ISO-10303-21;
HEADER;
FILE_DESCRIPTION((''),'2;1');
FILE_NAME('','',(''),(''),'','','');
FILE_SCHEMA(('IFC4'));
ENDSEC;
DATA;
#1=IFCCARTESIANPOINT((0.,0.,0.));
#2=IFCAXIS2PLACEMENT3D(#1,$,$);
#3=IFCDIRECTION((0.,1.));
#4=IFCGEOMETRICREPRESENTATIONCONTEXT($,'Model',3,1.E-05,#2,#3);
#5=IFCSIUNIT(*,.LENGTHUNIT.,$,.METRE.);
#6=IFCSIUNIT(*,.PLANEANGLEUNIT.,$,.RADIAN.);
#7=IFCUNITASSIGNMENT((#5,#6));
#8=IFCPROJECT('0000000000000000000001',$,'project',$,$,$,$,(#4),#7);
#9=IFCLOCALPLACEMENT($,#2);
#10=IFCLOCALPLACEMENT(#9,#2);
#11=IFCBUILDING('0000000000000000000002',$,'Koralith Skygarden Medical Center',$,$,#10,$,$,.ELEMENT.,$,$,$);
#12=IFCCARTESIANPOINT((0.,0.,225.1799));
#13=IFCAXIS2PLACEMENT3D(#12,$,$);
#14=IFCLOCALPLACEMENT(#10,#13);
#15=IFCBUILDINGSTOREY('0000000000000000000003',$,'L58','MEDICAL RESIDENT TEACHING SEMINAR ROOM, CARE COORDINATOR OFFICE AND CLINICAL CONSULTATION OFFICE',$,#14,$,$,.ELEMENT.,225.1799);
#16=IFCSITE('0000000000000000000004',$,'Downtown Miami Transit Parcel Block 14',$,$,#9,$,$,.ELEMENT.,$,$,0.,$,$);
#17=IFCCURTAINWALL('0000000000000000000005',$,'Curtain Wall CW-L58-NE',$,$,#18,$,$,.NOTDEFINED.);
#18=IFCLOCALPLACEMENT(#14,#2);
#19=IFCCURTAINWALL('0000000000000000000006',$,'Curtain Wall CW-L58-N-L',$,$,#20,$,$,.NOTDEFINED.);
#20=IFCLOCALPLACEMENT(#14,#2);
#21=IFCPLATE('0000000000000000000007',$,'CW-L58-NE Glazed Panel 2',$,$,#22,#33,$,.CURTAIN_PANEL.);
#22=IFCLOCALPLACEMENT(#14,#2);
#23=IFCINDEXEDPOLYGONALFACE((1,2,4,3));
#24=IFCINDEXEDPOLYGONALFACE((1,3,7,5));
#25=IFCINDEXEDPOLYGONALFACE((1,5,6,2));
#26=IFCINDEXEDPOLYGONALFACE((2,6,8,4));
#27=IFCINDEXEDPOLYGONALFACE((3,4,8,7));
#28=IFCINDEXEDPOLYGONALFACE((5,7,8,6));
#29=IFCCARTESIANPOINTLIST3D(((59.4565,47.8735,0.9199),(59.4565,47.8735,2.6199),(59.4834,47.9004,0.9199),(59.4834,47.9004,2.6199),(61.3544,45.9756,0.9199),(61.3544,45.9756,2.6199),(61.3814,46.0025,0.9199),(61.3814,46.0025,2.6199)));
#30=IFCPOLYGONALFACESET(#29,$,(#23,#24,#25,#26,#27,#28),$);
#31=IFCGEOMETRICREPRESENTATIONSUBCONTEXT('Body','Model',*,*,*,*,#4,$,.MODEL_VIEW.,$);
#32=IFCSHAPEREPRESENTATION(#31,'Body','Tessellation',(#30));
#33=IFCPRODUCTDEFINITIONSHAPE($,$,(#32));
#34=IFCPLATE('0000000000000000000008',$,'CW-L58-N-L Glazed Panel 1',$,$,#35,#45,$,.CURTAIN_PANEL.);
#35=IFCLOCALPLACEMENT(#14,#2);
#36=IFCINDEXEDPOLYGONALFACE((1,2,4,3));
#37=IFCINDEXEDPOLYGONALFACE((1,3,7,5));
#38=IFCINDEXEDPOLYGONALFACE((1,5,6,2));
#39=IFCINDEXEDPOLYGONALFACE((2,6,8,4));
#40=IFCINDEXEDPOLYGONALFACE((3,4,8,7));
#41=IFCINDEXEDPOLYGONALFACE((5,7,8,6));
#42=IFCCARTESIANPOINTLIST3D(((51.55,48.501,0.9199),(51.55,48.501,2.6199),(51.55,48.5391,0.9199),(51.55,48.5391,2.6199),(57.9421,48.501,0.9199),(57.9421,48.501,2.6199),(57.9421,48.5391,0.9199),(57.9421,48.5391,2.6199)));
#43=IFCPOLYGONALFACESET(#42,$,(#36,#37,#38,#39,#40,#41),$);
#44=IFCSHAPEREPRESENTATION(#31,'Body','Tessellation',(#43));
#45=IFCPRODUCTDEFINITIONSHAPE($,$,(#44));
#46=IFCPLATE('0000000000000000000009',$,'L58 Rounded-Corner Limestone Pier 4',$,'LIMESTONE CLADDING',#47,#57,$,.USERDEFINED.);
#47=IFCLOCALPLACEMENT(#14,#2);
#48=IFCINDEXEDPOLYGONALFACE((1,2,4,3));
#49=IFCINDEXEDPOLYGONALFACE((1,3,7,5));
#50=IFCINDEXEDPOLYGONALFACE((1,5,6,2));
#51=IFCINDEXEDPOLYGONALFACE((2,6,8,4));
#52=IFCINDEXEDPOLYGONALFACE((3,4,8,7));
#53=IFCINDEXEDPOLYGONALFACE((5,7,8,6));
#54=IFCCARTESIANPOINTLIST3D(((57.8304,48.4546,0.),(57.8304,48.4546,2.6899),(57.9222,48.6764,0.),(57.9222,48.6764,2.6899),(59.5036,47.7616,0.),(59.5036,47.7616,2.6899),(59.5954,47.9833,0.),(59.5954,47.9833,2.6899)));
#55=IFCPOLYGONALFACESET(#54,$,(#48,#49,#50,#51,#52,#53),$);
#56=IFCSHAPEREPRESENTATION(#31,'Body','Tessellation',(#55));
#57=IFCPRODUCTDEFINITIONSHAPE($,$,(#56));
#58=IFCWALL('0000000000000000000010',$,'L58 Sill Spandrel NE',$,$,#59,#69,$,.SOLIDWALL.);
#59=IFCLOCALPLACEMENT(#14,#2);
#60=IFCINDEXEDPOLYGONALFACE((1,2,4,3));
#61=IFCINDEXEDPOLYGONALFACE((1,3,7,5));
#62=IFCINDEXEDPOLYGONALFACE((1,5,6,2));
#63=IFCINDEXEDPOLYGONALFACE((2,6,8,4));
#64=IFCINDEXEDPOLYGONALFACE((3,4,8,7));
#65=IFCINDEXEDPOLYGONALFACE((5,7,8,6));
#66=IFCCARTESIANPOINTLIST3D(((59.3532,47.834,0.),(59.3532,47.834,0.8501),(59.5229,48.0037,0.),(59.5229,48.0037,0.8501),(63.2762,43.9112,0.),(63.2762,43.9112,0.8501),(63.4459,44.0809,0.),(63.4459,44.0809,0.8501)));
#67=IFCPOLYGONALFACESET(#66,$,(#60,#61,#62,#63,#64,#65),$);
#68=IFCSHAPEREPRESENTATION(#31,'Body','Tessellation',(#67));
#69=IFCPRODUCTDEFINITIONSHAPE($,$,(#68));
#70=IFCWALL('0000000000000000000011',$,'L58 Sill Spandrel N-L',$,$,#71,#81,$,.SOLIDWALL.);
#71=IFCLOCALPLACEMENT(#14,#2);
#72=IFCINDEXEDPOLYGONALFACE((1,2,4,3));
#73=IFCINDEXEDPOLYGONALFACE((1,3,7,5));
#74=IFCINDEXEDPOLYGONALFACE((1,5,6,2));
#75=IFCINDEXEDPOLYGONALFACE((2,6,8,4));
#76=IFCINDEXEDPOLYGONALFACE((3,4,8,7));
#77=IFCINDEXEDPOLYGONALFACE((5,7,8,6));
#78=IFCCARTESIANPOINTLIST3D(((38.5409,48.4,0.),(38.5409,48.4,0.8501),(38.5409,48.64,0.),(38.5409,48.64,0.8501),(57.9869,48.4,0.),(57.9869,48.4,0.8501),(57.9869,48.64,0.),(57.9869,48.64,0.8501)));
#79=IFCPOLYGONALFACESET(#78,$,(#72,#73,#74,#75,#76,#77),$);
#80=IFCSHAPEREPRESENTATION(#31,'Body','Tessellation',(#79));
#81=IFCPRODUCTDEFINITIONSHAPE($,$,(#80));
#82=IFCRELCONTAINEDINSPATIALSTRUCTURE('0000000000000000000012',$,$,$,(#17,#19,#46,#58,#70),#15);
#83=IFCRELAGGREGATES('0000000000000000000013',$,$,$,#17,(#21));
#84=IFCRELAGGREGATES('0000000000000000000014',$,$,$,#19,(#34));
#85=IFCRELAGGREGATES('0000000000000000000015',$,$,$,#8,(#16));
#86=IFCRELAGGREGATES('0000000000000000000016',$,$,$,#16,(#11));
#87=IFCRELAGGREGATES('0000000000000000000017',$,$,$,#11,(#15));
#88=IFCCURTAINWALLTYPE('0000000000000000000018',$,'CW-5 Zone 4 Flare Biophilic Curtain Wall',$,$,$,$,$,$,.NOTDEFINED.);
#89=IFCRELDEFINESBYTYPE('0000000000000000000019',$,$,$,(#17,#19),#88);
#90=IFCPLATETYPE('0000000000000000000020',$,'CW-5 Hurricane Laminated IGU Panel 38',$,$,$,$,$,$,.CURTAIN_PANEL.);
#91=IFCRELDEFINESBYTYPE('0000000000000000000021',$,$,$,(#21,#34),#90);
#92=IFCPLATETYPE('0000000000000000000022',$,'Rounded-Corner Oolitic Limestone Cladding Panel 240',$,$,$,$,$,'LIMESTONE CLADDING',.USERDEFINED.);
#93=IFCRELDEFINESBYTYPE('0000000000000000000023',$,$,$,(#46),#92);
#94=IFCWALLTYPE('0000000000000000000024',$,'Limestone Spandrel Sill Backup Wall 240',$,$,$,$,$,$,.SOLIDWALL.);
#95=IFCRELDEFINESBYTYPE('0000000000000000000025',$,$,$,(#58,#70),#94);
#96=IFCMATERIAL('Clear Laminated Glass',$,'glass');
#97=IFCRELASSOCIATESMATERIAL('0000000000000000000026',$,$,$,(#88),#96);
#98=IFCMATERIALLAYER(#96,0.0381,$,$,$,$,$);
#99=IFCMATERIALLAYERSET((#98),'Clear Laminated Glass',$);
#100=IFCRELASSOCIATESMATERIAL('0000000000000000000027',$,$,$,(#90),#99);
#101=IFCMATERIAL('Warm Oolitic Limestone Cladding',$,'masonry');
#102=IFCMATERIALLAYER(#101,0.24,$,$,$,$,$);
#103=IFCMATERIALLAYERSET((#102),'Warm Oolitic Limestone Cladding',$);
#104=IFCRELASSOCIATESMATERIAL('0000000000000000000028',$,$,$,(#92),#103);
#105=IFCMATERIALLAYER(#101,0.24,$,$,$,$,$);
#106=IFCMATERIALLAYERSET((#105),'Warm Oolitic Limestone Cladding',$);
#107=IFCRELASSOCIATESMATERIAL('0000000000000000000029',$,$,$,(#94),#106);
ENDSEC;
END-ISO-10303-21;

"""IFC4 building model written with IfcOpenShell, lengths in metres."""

from ifc_helpers import new_model, si_unit, direction, frame, frame_2d, origin, origin_2d, place, context, subcontext, project, spatial, rectangle, extrude, material, layer, layer_set, type_object, element, aggregate, save


model = new_model("IFC4")

# Units and contexts
model_context = context("Model", 3, precision=1e-05, world=origin(), true_north=direction((0.0, 1.0)))
body_context = subcontext(model_context, "Body", "Model", "MODEL_VIEW")
ifc_project = project(units=[si_unit("LENGTHUNIT", "METRE"), si_unit("PLANEANGLEUNIT", "RADIAN")], contexts=[model_context])

# Site, building, storey
site_placement = place(None, origin())
site = spatial("IfcSite", under=ifc_project, at=site_placement, Name="Downtown Miami Transit Parcel Block 14", CompositionType="ELEMENT", RefElevation=0.0)
building_placement = place(site_placement, origin())
building = spatial("IfcBuilding", under=site, at=building_placement, Name="Koralith Skygarden Medical Center", CompositionType="ELEMENT")
storey_placement = place(building_placement, frame((0.0, 0.0, 225.1799)))
storey = spatial("IfcBuildingStorey", under=building, at=storey_placement, Name="L58", Description="MEDICAL RESIDENT TEACHING SEMINAR ROOM, CARE COORDINATOR OFFICE AND CLINICAL CONSULTATION OFFICE", CompositionType="ELEMENT", Elevation=225.1799)

# Curtain walls
ifc_material_1 = material(Name="Clear Laminated Glass", Category="glass")
curtain_wall_type = type_object("IfcCurtainWallType", Name="CW-5 Zone 4 Flare Biophilic Curtain Wall", PredefinedType="NOTDEFINED", material=ifc_material_1)
curtain_wall_1_placement = place(storey_placement, origin())
curtain_wall_1 = element("IfcCurtainWall", 1, at=curtain_wall_1_placement, inside=storey, type_object=curtain_wall_type, Name="Curtain Wall CW-L58-NE", PredefinedType="NOTDEFINED")
curtain_wall_2_placement = place(storey_placement, origin())
curtain_wall_2 = element("IfcCurtainWall", 2, at=curtain_wall_2_placement, inside=storey, type_object=curtain_wall_type, Name="Curtain Wall CW-L58-N-L", PredefinedType="NOTDEFINED")

# Plates
ifc_layer_1 = layer(ifc_material_1, 0.0381)
ifc_layer_set_1 = layer_set([ifc_layer_1], Name="Clear Laminated Glass")
plate_type_1 = type_object("IfcPlateType", Name="CW-5 Hurricane Laminated IGU Panel 38", PredefinedType="CURTAIN_PANEL", material=ifc_layer_set_1)
plate_1_placement = place(storey_placement, frame((60.4189, 46.938, 0.9199), z_axis=(0.0, 0.0, 1.0), x_axis=(-0.707107, 0.707107, 0.0)))
plate_1 = element("IfcPlate", 3, at=plate_1_placement, type_object=plate_type_1, Name="CW-L58-NE Glazed Panel 2", PredefinedType="CURTAIN_PANEL", context=body_context, shape_type="SweptSolid", body=[
    extrude(rectangle(XDim=2.6841, YDim=0.0381, at=origin_2d()), origin(), (0.0, 0.0, 1.0), 1.7),
])
aggregate(curtain_wall_1, [plate_1])
plate_2_placement = place(storey_placement, frame((54.7461, 48.52, 0.9199), z_axis=(0.0, 0.0, 1.0), x_axis=(-1.0, 0.0, 0.0)))
plate_2 = element("IfcPlate", 4, at=plate_2_placement, type_object=plate_type_1, Name="CW-L58-N-L Glazed Panel 1", PredefinedType="CURTAIN_PANEL", context=body_context, shape_type="SweptSolid", body=[
    extrude(rectangle(XDim=6.3921, YDim=0.0381, at=origin_2d()), origin(), (0.0, 0.0, 1.0), 1.7),
])
aggregate(curtain_wall_2, [plate_2])
ifc_material_2 = material(Name="Warm Oolitic Limestone Cladding", Category="masonry")
ifc_layer_2 = layer(ifc_material_2, 0.24)
ifc_layer_set_2 = layer_set([ifc_layer_2], Name="Warm Oolitic Limestone Cladding")
plate_type_2 = type_object("IfcPlateType", Name="Rounded-Corner Oolitic Limestone Cladding Panel 240", ElementType="LIMESTONE CLADDING", PredefinedType="USERDEFINED", material=ifc_layer_set_2)
plate_3_placement = place(storey_placement, frame((58.7129, 48.219, 0.0), z_axis=(0.0, 0.0, 1.0), x_axis=(-0.923885, 0.382671, 0.0)))
element("IfcPlate", 5, at=plate_3_placement, inside=storey, type_object=plate_type_2, Name="L58 Rounded-Corner Limestone Pier 4", ObjectType="LIMESTONE CLADDING", PredefinedType="USERDEFINED", context=body_context, shape_type="SweptSolid", body=[
    extrude(rectangle(XDim=1.811, YDim=0.24, at=origin_2d()), origin(), (0.0, 0.0, 1.0), 2.6899),
])

# Walls
ifc_layer_3 = layer(ifc_material_2, 0.24)
ifc_layer_set_3 = layer_set([ifc_layer_3], Name="Warm Oolitic Limestone Cladding")
wall_type = type_object("IfcWallType", Name="Limestone Spandrel Sill Backup Wall 240", PredefinedType="SOLIDWALL", material=ifc_layer_set_3)
wall_1_placement = place(storey_placement, frame((63.3611, 43.9961, 0.0), z_axis=(0.0, 0.0, 1.0), x_axis=(-0.707129, 0.707085, 0.0)))
element("IfcWall", 6, at=wall_1_placement, inside=storey, type_object=wall_type, Name="L58 Sill Spandrel NE", PredefinedType="SOLIDWALL", context=body_context, shape_type="SweptSolid", body=[
    extrude(rectangle(XDim=5.5479, YDim=0.24, at=frame_2d((2.7739, 0.0))), origin(), (0.0, 0.0, 1.0), 0.8501),
])
wall_2_placement = place(storey_placement, frame((57.9871, 48.52, 0.0), z_axis=(0.0, 0.0, 1.0), x_axis=(-1.0, 0.0, 0.0)))
element("IfcWall", 7, at=wall_2_placement, inside=storey, type_object=wall_type, Name="L58 Sill Spandrel N-L", PredefinedType="SOLIDWALL", context=body_context, shape_type="SweptSolid", body=[
    extrude(rectangle(XDim=19.446, YDim=0.24, at=frame_2d((9.7231, 0.0))), origin(), (0.0, 0.0, 1.0), 0.8501),
])

save(model, "model.ifc")
